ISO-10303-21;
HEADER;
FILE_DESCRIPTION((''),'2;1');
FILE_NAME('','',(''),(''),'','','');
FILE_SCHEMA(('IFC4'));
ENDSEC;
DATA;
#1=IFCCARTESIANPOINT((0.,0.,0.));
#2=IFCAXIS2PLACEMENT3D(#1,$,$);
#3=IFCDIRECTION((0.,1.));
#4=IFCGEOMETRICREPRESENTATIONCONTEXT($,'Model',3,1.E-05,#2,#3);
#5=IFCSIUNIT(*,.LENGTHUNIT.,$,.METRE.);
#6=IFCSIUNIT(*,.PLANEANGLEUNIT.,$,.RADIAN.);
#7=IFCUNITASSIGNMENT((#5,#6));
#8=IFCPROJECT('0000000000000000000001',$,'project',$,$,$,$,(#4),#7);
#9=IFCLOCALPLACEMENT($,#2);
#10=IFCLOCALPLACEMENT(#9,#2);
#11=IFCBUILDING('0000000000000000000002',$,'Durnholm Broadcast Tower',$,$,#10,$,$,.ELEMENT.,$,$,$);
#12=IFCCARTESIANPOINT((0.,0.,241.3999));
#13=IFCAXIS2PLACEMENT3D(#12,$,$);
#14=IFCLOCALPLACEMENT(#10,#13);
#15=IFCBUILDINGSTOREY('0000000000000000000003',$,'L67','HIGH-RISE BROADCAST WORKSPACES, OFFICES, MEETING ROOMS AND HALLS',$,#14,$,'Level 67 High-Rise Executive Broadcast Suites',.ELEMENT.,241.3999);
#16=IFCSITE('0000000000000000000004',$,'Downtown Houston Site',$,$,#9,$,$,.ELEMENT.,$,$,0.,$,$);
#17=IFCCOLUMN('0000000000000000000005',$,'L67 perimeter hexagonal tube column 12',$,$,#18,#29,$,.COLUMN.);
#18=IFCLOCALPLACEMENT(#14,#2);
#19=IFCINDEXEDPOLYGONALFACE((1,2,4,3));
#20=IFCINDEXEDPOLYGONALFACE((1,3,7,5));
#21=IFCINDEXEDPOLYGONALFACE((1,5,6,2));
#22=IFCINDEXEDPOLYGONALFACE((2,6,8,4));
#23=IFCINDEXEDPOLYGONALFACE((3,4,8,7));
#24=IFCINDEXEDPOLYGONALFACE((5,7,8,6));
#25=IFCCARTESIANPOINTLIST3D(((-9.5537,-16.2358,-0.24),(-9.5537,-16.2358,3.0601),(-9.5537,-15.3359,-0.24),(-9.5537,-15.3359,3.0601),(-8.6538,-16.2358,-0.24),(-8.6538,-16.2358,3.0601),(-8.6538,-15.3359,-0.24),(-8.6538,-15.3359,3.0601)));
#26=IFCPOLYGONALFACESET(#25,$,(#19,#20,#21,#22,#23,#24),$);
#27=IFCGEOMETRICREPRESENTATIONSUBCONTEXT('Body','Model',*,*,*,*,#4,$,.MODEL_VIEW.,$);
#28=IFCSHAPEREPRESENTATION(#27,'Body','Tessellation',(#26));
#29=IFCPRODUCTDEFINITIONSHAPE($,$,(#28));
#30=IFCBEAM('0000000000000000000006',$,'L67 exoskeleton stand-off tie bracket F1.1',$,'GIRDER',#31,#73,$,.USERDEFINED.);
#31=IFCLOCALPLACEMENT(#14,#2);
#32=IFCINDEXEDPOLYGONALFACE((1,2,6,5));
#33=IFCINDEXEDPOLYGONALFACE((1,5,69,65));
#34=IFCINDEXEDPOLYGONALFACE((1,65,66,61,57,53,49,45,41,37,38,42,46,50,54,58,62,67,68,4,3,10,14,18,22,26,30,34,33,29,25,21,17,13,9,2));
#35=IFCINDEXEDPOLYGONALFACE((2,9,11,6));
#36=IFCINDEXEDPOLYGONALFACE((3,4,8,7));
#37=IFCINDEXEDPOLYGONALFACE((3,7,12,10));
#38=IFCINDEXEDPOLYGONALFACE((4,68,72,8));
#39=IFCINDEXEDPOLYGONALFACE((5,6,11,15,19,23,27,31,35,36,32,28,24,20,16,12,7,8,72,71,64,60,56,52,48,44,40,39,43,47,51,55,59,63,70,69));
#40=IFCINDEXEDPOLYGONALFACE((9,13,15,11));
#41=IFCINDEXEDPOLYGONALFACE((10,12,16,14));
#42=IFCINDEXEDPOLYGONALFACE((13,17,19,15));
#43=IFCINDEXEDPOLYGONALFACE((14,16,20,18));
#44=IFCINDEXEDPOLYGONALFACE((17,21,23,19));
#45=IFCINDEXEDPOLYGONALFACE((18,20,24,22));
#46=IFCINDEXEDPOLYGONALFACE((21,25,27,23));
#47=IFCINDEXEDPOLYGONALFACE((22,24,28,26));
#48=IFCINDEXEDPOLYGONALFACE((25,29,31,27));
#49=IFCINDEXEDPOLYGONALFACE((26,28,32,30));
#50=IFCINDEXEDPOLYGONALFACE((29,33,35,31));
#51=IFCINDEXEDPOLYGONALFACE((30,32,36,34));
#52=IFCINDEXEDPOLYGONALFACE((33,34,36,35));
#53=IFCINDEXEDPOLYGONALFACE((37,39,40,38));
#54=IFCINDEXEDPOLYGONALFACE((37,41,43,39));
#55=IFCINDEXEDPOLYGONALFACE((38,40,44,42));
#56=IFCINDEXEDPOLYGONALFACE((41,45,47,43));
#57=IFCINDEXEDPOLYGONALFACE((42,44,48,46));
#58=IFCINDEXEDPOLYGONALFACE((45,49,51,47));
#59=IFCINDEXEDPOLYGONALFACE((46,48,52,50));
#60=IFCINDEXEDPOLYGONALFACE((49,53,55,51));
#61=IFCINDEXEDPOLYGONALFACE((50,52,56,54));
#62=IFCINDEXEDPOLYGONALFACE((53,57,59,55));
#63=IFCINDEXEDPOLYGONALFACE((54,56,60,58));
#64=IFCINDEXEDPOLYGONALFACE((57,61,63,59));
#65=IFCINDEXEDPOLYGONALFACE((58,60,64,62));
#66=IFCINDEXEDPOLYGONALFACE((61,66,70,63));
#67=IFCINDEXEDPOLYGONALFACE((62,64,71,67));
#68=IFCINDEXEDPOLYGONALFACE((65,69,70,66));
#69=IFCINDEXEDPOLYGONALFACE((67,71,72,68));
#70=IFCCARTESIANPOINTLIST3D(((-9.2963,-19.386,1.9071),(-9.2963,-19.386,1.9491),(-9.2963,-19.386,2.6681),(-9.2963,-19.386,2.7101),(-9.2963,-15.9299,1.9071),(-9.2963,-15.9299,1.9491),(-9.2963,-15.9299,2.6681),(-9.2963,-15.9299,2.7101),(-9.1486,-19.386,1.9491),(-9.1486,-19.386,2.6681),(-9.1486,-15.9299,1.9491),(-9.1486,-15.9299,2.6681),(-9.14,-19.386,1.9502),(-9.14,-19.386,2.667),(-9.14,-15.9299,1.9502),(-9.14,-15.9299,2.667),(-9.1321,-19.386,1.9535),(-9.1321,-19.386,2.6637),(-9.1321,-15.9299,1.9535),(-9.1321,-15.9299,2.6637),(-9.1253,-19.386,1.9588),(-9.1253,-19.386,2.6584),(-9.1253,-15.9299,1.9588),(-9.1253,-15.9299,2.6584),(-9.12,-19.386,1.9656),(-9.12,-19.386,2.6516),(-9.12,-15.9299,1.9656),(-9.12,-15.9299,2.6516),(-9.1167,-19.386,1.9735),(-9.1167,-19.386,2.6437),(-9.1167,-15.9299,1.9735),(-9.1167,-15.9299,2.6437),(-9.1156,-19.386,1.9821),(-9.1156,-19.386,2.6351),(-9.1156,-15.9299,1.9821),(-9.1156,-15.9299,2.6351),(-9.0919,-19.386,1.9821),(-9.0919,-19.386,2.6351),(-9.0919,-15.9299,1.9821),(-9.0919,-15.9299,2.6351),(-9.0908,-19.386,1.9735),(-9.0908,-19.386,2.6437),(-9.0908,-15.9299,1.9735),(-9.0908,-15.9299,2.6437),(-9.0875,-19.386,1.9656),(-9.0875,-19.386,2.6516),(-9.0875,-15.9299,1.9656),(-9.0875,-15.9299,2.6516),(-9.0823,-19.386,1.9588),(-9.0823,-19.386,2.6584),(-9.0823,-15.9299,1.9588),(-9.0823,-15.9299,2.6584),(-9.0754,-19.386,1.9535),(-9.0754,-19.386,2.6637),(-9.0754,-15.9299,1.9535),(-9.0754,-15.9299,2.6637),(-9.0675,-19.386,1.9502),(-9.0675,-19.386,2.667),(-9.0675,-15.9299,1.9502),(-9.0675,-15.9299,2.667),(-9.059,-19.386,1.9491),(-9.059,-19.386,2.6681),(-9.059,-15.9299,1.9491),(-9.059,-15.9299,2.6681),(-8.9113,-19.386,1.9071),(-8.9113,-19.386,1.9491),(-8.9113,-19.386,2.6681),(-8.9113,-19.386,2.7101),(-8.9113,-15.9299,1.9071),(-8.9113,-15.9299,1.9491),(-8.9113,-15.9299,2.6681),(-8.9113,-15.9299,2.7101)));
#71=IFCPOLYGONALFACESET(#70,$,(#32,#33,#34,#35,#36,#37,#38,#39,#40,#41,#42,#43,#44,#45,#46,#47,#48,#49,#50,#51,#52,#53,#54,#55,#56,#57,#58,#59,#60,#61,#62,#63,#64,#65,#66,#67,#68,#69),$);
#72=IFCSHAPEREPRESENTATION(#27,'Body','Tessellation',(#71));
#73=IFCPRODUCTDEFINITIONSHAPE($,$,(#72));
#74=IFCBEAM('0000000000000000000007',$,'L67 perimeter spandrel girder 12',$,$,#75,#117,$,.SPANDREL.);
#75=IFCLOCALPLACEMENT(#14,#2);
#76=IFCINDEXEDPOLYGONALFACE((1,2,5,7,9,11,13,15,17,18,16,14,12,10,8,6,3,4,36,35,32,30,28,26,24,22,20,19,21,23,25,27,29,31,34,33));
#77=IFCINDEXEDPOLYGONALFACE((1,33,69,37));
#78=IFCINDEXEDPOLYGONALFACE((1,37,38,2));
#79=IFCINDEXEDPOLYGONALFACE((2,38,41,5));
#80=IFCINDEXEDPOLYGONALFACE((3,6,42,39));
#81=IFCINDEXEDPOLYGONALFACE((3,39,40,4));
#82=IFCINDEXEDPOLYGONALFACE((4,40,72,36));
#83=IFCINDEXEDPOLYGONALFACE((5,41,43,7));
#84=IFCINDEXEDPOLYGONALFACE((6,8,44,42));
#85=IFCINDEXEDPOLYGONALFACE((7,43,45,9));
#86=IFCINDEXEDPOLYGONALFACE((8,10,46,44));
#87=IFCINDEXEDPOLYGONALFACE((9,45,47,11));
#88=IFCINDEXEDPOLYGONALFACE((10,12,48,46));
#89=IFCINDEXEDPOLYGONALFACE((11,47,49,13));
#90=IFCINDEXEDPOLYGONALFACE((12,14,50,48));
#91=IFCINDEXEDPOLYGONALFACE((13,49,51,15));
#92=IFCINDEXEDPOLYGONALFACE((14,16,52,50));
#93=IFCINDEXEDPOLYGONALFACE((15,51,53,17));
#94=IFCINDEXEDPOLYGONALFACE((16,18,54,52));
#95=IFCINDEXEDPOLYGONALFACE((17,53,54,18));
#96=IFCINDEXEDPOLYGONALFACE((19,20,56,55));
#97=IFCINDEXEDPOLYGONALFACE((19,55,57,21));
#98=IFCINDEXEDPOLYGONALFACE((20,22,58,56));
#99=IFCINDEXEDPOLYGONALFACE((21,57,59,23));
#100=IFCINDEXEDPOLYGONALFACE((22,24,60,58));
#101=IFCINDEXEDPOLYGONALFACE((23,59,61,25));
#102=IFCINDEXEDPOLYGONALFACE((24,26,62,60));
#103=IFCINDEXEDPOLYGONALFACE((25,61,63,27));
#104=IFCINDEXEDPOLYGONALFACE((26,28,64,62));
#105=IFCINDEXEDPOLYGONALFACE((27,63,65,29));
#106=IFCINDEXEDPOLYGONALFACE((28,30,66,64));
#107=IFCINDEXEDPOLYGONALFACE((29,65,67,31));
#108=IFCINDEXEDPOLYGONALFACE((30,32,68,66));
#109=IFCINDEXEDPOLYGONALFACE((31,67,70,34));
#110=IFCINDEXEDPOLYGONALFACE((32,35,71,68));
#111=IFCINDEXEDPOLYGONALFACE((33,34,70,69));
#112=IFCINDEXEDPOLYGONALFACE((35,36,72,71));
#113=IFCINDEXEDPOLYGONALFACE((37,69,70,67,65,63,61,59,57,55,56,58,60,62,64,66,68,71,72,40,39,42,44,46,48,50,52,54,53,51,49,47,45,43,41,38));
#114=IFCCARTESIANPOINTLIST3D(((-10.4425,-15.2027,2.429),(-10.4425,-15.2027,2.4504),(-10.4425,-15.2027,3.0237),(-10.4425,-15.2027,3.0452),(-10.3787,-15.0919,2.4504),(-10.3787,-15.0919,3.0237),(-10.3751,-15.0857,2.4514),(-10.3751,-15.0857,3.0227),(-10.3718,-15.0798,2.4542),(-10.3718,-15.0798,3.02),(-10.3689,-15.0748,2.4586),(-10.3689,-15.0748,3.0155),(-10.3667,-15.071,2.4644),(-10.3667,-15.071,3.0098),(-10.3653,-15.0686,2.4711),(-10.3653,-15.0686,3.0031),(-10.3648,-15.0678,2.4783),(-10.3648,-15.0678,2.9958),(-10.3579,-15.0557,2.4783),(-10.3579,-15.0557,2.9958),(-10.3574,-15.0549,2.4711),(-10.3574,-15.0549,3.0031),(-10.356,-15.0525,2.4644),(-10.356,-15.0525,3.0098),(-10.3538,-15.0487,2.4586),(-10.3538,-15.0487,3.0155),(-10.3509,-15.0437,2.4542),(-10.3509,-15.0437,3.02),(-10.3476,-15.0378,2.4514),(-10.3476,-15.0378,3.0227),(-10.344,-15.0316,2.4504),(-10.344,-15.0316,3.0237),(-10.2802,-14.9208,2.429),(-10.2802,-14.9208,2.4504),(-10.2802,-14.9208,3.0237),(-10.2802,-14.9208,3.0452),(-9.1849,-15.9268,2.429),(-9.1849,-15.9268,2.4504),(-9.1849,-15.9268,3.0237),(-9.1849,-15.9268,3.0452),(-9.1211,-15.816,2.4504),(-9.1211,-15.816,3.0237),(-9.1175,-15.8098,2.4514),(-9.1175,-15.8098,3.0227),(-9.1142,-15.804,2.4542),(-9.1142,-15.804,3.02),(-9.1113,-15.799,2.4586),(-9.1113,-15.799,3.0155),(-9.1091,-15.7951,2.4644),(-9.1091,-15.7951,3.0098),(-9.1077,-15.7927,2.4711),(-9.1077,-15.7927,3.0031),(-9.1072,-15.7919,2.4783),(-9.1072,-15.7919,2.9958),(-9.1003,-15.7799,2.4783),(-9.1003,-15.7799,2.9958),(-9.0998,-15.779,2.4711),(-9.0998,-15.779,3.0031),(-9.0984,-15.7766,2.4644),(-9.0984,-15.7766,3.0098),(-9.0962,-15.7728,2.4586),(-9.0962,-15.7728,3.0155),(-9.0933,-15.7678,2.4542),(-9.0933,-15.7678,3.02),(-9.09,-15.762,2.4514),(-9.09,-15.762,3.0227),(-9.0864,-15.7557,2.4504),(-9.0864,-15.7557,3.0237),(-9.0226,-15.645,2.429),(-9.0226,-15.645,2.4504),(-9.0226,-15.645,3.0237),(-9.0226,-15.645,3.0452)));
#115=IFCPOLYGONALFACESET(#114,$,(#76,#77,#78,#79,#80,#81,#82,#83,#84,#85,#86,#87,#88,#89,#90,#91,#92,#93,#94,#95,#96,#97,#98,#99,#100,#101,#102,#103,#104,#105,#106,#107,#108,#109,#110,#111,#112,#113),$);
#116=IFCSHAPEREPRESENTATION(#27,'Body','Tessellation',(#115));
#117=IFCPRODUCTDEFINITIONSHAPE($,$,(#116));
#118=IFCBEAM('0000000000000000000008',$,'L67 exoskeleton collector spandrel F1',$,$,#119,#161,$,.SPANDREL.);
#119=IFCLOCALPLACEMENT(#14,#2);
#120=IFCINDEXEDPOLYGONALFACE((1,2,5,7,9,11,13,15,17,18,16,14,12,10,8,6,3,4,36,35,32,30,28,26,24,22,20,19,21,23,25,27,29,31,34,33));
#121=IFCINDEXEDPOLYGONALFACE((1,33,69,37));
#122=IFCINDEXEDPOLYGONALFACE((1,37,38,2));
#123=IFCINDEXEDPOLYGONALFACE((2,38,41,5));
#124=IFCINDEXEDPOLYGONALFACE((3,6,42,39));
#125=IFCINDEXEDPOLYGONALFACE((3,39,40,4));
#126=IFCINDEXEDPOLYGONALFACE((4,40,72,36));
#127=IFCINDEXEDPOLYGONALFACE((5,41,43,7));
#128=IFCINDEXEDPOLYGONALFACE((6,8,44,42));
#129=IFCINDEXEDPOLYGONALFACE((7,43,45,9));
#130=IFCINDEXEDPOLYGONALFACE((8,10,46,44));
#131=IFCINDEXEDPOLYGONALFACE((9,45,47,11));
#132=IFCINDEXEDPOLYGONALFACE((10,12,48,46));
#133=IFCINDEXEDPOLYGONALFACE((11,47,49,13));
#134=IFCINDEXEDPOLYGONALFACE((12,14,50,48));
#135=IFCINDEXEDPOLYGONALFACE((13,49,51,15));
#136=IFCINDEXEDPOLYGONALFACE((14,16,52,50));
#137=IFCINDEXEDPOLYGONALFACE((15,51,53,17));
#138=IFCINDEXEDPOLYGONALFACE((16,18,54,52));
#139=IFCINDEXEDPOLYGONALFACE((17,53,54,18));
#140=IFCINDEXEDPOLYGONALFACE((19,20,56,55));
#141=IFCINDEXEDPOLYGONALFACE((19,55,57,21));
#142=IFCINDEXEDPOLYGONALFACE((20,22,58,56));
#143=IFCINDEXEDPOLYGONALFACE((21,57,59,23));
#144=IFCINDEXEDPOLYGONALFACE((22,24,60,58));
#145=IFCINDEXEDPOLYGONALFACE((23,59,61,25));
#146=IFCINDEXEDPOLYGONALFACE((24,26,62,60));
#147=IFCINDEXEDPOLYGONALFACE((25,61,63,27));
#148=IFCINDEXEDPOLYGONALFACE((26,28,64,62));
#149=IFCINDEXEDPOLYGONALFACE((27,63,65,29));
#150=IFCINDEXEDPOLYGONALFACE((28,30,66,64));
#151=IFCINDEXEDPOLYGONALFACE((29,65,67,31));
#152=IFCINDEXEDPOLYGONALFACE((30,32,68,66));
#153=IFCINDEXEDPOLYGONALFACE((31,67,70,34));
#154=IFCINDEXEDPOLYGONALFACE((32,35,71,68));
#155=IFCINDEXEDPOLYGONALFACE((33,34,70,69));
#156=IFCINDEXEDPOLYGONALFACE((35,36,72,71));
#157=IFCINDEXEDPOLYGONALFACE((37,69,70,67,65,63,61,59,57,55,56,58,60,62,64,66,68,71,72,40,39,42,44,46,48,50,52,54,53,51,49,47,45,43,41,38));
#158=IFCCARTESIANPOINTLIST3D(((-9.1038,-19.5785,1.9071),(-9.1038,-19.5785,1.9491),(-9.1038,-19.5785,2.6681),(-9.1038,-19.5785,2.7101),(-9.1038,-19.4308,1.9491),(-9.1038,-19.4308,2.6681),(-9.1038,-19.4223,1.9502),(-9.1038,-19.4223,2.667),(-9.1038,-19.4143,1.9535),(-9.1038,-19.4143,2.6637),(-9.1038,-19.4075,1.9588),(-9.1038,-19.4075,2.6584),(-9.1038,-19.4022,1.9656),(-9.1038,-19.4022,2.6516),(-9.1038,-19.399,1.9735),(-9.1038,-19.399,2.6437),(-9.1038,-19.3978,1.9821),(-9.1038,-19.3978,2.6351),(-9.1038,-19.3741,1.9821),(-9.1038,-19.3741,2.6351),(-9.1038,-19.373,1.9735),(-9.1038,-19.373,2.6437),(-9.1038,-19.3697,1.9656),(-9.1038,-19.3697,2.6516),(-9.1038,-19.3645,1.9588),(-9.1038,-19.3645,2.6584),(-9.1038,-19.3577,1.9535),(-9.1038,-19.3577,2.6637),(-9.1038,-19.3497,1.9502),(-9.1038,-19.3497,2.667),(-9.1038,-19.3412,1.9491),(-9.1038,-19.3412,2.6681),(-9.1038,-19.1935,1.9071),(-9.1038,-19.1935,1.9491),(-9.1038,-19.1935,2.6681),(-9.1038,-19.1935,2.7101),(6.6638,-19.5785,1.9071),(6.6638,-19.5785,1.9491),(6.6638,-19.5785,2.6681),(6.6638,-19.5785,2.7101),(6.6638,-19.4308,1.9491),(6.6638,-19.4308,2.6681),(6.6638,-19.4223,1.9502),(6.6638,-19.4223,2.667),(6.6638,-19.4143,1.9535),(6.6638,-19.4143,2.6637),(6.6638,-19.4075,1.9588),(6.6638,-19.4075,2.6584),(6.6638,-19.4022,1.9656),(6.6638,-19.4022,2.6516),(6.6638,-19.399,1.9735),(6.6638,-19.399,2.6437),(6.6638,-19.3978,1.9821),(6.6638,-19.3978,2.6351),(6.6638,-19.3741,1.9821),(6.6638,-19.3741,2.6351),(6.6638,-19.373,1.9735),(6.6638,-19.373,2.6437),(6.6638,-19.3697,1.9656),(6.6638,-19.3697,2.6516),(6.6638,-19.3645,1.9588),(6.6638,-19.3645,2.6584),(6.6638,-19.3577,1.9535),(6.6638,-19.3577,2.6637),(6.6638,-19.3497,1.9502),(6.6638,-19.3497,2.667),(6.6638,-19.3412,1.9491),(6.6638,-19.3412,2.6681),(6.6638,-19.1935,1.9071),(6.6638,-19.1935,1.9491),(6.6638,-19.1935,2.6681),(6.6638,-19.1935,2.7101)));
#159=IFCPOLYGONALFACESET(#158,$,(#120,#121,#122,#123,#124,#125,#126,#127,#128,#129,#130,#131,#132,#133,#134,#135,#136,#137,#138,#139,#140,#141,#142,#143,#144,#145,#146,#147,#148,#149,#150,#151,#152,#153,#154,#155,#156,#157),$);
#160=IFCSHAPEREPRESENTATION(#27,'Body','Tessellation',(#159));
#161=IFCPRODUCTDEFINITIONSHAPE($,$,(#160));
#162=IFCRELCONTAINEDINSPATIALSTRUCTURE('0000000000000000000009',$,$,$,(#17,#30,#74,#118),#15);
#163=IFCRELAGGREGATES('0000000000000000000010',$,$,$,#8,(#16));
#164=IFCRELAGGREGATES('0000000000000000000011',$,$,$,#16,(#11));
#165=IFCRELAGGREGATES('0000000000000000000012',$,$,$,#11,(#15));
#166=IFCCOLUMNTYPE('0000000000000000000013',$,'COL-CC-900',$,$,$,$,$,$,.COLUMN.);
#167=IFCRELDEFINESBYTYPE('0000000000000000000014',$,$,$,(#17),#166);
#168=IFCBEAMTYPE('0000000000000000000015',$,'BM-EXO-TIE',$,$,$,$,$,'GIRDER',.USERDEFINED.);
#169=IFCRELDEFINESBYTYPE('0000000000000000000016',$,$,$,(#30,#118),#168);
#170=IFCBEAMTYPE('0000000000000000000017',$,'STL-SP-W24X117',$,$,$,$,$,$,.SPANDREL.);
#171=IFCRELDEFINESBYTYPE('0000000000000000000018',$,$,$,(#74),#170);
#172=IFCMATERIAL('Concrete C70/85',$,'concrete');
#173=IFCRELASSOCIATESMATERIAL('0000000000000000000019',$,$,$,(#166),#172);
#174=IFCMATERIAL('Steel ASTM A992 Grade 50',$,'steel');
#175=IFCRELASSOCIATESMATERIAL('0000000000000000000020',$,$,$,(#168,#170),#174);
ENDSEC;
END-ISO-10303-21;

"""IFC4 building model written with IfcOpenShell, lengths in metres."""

from ifc_helpers import new_model, si_unit, direction, frame, origin, origin_2d, place, context, subcontext, project, spatial, rectangle, i_section, extrude, source, transform, mapped, material, material_profile, profile_set, type_object, type_shapes, element, save


model = new_model("IFC4")

# Units and contexts
model_context = context("Model", 3, precision=1e-05, world=origin(), true_north=direction((0.0, 1.0)))
body_context = subcontext(model_context, "Body", "Model", "MODEL_VIEW")
ifc_project = project(units=[si_unit("LENGTHUNIT", "METRE"), si_unit("PLANEANGLEUNIT", "RADIAN")], contexts=[model_context])

# Site, building, storey
site_placement = place(None, origin())
site = spatial("IfcSite", under=ifc_project, at=site_placement, Name="Downtown Houston Site", CompositionType="ELEMENT", RefElevation=0.0)
building_placement = place(site_placement, origin())
building = spatial("IfcBuilding", under=site, at=building_placement, Name="Durnholm Broadcast Tower", CompositionType="ELEMENT")
storey_placement = place(building_placement, frame((0.0, 0.0, 241.3999)))
storey = spatial("IfcBuildingStorey", under=building, at=storey_placement, Name="L67", Description="HIGH-RISE BROADCAST WORKSPACES, OFFICES, MEETING ROOMS AND HALLS", LongName="Level 67 High-Rise Executive Broadcast Suites", CompositionType="ELEMENT", Elevation=241.3999)

# Column
ifc_material_1 = material(Name="Concrete C70/85", Category="concrete")
ifc_material_profile_1 = material_profile(ifc_material_1, rectangle(XDim=0.8999, YDim=0.8999, at=origin_2d()), Name="RC900X900")
ifc_profile_set_1 = profile_set([ifc_material_profile_1], Name="Concrete C70/85")
column_type = type_object("IfcColumnType", Name="COL-CC-900", PredefinedType="COLUMN", material=ifc_profile_set_1)
shared_shape_1 = source(origin(), body_context, "Body", "SweptSolid", [
    extrude(rectangle(XDim=0.8999, YDim=0.8999, at=origin_2d()), origin(), (0.0, 0.0, 1.0), 3.3),
])
type_shapes(column_type, [shared_shape_1])
column_placement = place(storey_placement, frame((-9.1038, -15.7859, -0.24), z_axis=(0.0, 0.0, 1.0), x_axis=(1.0, 0.0, 0.0)))
element("IfcColumn", 1, at=column_placement, inside=storey, type_object=column_type, Name="L67 perimeter hexagonal tube column 12", PredefinedType="COLUMN", context=body_context, shape_type="MappedRepresentation", body=[
    mapped(shared_shape_1, transform((0.0, 0.0, 0.0), x_axis=(1.0, 0.0, 0.0), y_axis=(0.0, 1.0, 0.0), z_axis=(0.0, 0.0, 1.0), scale=1.0)),
])

# Beams
ifc_material_2 = material(Name="Steel ASTM A992 Grade 50", Category="steel")
ifc_material_profile_2 = material_profile(ifc_material_2, i_section(OverallWidth=0.385, OverallDepth=0.803, WebThickness=0.0237, FlangeThickness=0.042, FilletRadius=0.033, at=origin_2d()), Name="W30X261")
ifc_profile_set_2 = profile_set([ifc_material_profile_2], Name="Steel ASTM A992 Grade 50")
beam_type_1 = type_object("IfcBeamType", Name="BM-EXO-TIE", ElementType="GIRDER", PredefinedType="USERDEFINED", material=ifc_profile_set_2)
shared_shape_2 = source(origin(), body_context, "Body", "SweptSolid", [
    extrude(i_section(OverallWidth=0.385, OverallDepth=0.803, WebThickness=0.0237, FlangeThickness=0.042, FilletRadius=0.033, at=origin_2d()), origin(), (0.0, 0.0, 1.0), 3.4561),
])
beam_1_placement = place(storey_placement, frame((-9.1038, -15.9299, 2.3086), z_axis=(0.0, -1.0, 0.0), x_axis=(1.0, 0.0, 0.0)))
element("IfcBeam", 2, at=beam_1_placement, inside=storey, type_object=beam_type_1, Name="L67 exoskeleton stand-off tie bracket F1.1", ObjectType="GIRDER", PredefinedType="USERDEFINED", context=body_context, shape_type="MappedRepresentation", body=[
    mapped(shared_shape_2, transform((0.0, 0.0, 0.0), x_axis=(1.0, 0.0, 0.0), y_axis=(0.0, 1.0, 0.0), z_axis=(0.0, 0.0, 1.0), scale=1.0)),
])
ifc_material_profile_3 = material_profile(ifc_material_2, i_section(OverallWidth=0.3252, OverallDepth=0.6162, WebThickness=0.0139, FlangeThickness=0.0215, FilletRadius=0.0278, at=origin_2d()), Name="W24X117")
ifc_profile_set_3 = profile_set([ifc_material_profile_3], Name="Steel ASTM A992 Grade 50")
beam_type_2 = type_object("IfcBeamType", Name="STL-SP-W24X117", PredefinedType="SPANDREL", material=ifc_profile_set_3)
shared_shape_3 = source(origin(), body_context, "Body", "SweptSolid", [
    extrude(i_section(OverallWidth=0.3252, OverallDepth=0.6162, WebThickness=0.0139, FlangeThickness=0.0215, FilletRadius=0.0278, at=origin_2d()), origin(), (0.0, 0.0, 1.0), 1.4512),
])
type_shapes(beam_type_2, [shared_shape_3])
beam_2_placement = place(storey_placement, frame((-9.1038, -15.7859, 2.7371), z_axis=(-0.866603, 0.498999, 0.0), x_axis=(-0.498999, -0.866603, 0.0)))
element("IfcBeam", 3, at=beam_2_placement, inside=storey, type_object=beam_type_2, Name="L67 perimeter spandrel girder 12", PredefinedType="SPANDREL", context=body_context, shape_type="MappedRepresentation", body=[
    mapped(shared_shape_3, transform((0.0, 0.0, 0.0), x_axis=(1.0, 0.0, 0.0), y_axis=(0.0, 1.0, 0.0), z_axis=(0.0, 0.0, 1.0), scale=1.0)),
])
shared_shape_4 = source(origin(), body_context, "Body", "SweptSolid", [
    extrude(i_section(OverallWidth=0.385, OverallDepth=0.803, WebThickness=0.0237, FlangeThickness=0.042, FilletRadius=0.033, at=origin_2d()), origin(), (0.0, 0.0, 1.0), 15.7676),
])
type_shapes(beam_type_1, [shared_shape_2, shared_shape_4])
beam_3_placement = place(storey_placement, frame((-9.1038, -19.386, 2.3086), z_axis=(1.0, 0.0, 0.0), x_axis=(0.0, 1.0, 0.0)))
element("IfcBeam", 4, at=beam_3_placement, inside=storey, type_object=beam_type_1, Name="L67 exoskeleton collector spandrel F1", PredefinedType="SPANDREL", context=body_context, shape_type="MappedRepresentation", body=[
    mapped(shared_shape_4, transform((0.0, 0.0, 0.0), x_axis=(1.0, 0.0, 0.0), y_axis=(0.0, 1.0, 0.0), z_axis=(0.0, 0.0, 1.0), scale=1.0)),
])

save(model, "model.ifc")
